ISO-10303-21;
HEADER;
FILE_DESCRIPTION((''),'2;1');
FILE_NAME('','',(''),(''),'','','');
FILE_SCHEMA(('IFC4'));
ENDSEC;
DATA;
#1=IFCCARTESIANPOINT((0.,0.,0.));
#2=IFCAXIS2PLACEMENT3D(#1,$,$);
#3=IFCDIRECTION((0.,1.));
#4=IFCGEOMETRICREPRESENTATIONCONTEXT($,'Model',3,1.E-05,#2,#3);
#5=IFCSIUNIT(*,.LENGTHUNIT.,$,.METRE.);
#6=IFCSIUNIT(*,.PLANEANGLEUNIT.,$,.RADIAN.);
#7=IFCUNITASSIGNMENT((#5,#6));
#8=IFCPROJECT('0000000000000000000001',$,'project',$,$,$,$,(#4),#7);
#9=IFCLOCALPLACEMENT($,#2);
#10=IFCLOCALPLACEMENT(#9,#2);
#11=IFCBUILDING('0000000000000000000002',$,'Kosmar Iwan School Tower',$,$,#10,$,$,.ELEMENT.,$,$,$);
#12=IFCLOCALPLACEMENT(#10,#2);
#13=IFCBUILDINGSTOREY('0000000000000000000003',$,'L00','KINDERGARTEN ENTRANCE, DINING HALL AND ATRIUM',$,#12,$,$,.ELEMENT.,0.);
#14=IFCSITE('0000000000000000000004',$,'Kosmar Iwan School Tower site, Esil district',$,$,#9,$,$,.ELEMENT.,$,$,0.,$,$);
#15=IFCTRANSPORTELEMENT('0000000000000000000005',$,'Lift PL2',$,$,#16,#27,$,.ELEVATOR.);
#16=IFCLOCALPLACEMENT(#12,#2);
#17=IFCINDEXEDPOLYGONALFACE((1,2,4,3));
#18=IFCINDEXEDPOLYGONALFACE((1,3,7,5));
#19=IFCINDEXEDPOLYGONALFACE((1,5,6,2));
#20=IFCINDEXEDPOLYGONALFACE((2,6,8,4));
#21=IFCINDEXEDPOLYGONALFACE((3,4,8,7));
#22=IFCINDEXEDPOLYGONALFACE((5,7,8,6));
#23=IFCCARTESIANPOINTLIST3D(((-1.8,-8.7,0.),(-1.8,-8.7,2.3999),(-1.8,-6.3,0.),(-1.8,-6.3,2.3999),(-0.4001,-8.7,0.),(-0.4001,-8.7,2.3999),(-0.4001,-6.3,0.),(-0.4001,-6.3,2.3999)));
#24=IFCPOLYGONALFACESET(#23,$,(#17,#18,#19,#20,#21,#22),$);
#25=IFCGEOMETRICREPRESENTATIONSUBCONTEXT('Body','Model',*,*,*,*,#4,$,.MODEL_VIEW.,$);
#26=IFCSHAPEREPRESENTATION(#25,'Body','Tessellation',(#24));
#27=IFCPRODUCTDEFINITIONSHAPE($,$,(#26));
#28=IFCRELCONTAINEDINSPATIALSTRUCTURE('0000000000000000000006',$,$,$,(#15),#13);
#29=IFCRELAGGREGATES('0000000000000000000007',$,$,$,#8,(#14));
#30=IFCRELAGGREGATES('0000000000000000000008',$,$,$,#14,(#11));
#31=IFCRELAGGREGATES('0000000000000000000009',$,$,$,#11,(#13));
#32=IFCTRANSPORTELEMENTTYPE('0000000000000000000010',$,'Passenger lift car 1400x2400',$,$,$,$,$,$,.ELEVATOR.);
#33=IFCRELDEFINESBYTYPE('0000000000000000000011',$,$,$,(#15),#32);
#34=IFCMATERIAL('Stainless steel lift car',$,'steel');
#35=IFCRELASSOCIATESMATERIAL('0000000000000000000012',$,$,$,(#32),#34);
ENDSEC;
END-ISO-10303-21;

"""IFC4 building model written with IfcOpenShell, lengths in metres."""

from ifc_helpers import new_model, si_unit, direction, frame, origin, origin_2d, place, context, subcontext, project, spatial, rectangle, extrude, material, type_object, element, save


model = new_model("IFC4")

# Units and contexts
model_context = context("Model", 3, precision=1e-05, world=origin(), true_north=direction((0.0, 1.0)))
body_context = subcontext(model_context, "Body", "Model", "MODEL_VIEW")
ifc_project = project(units=[si_unit("LENGTHUNIT", "METRE"), si_unit("PLANEANGLEUNIT", "RADIAN")], contexts=[model_context])

# Site, building, storey
site_placement = place(None, origin())
site = spatial("IfcSite", under=ifc_project, at=site_placement, Name="Kosmar Iwan School Tower site, Esil district", CompositionType="ELEMENT", RefElevation=0.0)
building_placement = place(site_placement, origin())
building = spatial("IfcBuilding", under=site, at=building_placement, Name="Kosmar Iwan School Tower", CompositionType="ELEMENT")
storey_placement = place(building_placement, origin())
storey = spatial("IfcBuildingStorey", under=building, at=storey_placement, Name="L00", Description="KINDERGARTEN ENTRANCE, DINING HALL AND ATRIUM", CompositionType="ELEMENT", Elevation=0.0)

# Transport element
ifc_material_1 = material(Name="Stainless steel lift car", Category="steel")
transport_element_type = type_object("IfcTransportElementType", Name="Passenger lift car 1400x2400", PredefinedType="ELEVATOR", material=ifc_material_1)
for number, where, z_axis, x_axis, name in (
    (1, (-1.1001, -7.5, 0.0), (0.0, 0.0, 1.0), (0.0, -1.0, 0.0), "Lift PL2"),
):
    element("IfcTransportElement", number, at=place(storey_placement, frame(where, z_axis=z_axis, x_axis=x_axis)), inside=storey, type_object=transport_element_type, Name=name, PredefinedType="ELEVATOR", context=body_context, shape_type="SweptSolid", body=[
        extrude(rectangle(XDim=2.3999, YDim=1.3999, at=origin_2d()), origin(), (0.0, 0.0, 1.0), 2.3999),
    ])

save(model, "model.ifc")
